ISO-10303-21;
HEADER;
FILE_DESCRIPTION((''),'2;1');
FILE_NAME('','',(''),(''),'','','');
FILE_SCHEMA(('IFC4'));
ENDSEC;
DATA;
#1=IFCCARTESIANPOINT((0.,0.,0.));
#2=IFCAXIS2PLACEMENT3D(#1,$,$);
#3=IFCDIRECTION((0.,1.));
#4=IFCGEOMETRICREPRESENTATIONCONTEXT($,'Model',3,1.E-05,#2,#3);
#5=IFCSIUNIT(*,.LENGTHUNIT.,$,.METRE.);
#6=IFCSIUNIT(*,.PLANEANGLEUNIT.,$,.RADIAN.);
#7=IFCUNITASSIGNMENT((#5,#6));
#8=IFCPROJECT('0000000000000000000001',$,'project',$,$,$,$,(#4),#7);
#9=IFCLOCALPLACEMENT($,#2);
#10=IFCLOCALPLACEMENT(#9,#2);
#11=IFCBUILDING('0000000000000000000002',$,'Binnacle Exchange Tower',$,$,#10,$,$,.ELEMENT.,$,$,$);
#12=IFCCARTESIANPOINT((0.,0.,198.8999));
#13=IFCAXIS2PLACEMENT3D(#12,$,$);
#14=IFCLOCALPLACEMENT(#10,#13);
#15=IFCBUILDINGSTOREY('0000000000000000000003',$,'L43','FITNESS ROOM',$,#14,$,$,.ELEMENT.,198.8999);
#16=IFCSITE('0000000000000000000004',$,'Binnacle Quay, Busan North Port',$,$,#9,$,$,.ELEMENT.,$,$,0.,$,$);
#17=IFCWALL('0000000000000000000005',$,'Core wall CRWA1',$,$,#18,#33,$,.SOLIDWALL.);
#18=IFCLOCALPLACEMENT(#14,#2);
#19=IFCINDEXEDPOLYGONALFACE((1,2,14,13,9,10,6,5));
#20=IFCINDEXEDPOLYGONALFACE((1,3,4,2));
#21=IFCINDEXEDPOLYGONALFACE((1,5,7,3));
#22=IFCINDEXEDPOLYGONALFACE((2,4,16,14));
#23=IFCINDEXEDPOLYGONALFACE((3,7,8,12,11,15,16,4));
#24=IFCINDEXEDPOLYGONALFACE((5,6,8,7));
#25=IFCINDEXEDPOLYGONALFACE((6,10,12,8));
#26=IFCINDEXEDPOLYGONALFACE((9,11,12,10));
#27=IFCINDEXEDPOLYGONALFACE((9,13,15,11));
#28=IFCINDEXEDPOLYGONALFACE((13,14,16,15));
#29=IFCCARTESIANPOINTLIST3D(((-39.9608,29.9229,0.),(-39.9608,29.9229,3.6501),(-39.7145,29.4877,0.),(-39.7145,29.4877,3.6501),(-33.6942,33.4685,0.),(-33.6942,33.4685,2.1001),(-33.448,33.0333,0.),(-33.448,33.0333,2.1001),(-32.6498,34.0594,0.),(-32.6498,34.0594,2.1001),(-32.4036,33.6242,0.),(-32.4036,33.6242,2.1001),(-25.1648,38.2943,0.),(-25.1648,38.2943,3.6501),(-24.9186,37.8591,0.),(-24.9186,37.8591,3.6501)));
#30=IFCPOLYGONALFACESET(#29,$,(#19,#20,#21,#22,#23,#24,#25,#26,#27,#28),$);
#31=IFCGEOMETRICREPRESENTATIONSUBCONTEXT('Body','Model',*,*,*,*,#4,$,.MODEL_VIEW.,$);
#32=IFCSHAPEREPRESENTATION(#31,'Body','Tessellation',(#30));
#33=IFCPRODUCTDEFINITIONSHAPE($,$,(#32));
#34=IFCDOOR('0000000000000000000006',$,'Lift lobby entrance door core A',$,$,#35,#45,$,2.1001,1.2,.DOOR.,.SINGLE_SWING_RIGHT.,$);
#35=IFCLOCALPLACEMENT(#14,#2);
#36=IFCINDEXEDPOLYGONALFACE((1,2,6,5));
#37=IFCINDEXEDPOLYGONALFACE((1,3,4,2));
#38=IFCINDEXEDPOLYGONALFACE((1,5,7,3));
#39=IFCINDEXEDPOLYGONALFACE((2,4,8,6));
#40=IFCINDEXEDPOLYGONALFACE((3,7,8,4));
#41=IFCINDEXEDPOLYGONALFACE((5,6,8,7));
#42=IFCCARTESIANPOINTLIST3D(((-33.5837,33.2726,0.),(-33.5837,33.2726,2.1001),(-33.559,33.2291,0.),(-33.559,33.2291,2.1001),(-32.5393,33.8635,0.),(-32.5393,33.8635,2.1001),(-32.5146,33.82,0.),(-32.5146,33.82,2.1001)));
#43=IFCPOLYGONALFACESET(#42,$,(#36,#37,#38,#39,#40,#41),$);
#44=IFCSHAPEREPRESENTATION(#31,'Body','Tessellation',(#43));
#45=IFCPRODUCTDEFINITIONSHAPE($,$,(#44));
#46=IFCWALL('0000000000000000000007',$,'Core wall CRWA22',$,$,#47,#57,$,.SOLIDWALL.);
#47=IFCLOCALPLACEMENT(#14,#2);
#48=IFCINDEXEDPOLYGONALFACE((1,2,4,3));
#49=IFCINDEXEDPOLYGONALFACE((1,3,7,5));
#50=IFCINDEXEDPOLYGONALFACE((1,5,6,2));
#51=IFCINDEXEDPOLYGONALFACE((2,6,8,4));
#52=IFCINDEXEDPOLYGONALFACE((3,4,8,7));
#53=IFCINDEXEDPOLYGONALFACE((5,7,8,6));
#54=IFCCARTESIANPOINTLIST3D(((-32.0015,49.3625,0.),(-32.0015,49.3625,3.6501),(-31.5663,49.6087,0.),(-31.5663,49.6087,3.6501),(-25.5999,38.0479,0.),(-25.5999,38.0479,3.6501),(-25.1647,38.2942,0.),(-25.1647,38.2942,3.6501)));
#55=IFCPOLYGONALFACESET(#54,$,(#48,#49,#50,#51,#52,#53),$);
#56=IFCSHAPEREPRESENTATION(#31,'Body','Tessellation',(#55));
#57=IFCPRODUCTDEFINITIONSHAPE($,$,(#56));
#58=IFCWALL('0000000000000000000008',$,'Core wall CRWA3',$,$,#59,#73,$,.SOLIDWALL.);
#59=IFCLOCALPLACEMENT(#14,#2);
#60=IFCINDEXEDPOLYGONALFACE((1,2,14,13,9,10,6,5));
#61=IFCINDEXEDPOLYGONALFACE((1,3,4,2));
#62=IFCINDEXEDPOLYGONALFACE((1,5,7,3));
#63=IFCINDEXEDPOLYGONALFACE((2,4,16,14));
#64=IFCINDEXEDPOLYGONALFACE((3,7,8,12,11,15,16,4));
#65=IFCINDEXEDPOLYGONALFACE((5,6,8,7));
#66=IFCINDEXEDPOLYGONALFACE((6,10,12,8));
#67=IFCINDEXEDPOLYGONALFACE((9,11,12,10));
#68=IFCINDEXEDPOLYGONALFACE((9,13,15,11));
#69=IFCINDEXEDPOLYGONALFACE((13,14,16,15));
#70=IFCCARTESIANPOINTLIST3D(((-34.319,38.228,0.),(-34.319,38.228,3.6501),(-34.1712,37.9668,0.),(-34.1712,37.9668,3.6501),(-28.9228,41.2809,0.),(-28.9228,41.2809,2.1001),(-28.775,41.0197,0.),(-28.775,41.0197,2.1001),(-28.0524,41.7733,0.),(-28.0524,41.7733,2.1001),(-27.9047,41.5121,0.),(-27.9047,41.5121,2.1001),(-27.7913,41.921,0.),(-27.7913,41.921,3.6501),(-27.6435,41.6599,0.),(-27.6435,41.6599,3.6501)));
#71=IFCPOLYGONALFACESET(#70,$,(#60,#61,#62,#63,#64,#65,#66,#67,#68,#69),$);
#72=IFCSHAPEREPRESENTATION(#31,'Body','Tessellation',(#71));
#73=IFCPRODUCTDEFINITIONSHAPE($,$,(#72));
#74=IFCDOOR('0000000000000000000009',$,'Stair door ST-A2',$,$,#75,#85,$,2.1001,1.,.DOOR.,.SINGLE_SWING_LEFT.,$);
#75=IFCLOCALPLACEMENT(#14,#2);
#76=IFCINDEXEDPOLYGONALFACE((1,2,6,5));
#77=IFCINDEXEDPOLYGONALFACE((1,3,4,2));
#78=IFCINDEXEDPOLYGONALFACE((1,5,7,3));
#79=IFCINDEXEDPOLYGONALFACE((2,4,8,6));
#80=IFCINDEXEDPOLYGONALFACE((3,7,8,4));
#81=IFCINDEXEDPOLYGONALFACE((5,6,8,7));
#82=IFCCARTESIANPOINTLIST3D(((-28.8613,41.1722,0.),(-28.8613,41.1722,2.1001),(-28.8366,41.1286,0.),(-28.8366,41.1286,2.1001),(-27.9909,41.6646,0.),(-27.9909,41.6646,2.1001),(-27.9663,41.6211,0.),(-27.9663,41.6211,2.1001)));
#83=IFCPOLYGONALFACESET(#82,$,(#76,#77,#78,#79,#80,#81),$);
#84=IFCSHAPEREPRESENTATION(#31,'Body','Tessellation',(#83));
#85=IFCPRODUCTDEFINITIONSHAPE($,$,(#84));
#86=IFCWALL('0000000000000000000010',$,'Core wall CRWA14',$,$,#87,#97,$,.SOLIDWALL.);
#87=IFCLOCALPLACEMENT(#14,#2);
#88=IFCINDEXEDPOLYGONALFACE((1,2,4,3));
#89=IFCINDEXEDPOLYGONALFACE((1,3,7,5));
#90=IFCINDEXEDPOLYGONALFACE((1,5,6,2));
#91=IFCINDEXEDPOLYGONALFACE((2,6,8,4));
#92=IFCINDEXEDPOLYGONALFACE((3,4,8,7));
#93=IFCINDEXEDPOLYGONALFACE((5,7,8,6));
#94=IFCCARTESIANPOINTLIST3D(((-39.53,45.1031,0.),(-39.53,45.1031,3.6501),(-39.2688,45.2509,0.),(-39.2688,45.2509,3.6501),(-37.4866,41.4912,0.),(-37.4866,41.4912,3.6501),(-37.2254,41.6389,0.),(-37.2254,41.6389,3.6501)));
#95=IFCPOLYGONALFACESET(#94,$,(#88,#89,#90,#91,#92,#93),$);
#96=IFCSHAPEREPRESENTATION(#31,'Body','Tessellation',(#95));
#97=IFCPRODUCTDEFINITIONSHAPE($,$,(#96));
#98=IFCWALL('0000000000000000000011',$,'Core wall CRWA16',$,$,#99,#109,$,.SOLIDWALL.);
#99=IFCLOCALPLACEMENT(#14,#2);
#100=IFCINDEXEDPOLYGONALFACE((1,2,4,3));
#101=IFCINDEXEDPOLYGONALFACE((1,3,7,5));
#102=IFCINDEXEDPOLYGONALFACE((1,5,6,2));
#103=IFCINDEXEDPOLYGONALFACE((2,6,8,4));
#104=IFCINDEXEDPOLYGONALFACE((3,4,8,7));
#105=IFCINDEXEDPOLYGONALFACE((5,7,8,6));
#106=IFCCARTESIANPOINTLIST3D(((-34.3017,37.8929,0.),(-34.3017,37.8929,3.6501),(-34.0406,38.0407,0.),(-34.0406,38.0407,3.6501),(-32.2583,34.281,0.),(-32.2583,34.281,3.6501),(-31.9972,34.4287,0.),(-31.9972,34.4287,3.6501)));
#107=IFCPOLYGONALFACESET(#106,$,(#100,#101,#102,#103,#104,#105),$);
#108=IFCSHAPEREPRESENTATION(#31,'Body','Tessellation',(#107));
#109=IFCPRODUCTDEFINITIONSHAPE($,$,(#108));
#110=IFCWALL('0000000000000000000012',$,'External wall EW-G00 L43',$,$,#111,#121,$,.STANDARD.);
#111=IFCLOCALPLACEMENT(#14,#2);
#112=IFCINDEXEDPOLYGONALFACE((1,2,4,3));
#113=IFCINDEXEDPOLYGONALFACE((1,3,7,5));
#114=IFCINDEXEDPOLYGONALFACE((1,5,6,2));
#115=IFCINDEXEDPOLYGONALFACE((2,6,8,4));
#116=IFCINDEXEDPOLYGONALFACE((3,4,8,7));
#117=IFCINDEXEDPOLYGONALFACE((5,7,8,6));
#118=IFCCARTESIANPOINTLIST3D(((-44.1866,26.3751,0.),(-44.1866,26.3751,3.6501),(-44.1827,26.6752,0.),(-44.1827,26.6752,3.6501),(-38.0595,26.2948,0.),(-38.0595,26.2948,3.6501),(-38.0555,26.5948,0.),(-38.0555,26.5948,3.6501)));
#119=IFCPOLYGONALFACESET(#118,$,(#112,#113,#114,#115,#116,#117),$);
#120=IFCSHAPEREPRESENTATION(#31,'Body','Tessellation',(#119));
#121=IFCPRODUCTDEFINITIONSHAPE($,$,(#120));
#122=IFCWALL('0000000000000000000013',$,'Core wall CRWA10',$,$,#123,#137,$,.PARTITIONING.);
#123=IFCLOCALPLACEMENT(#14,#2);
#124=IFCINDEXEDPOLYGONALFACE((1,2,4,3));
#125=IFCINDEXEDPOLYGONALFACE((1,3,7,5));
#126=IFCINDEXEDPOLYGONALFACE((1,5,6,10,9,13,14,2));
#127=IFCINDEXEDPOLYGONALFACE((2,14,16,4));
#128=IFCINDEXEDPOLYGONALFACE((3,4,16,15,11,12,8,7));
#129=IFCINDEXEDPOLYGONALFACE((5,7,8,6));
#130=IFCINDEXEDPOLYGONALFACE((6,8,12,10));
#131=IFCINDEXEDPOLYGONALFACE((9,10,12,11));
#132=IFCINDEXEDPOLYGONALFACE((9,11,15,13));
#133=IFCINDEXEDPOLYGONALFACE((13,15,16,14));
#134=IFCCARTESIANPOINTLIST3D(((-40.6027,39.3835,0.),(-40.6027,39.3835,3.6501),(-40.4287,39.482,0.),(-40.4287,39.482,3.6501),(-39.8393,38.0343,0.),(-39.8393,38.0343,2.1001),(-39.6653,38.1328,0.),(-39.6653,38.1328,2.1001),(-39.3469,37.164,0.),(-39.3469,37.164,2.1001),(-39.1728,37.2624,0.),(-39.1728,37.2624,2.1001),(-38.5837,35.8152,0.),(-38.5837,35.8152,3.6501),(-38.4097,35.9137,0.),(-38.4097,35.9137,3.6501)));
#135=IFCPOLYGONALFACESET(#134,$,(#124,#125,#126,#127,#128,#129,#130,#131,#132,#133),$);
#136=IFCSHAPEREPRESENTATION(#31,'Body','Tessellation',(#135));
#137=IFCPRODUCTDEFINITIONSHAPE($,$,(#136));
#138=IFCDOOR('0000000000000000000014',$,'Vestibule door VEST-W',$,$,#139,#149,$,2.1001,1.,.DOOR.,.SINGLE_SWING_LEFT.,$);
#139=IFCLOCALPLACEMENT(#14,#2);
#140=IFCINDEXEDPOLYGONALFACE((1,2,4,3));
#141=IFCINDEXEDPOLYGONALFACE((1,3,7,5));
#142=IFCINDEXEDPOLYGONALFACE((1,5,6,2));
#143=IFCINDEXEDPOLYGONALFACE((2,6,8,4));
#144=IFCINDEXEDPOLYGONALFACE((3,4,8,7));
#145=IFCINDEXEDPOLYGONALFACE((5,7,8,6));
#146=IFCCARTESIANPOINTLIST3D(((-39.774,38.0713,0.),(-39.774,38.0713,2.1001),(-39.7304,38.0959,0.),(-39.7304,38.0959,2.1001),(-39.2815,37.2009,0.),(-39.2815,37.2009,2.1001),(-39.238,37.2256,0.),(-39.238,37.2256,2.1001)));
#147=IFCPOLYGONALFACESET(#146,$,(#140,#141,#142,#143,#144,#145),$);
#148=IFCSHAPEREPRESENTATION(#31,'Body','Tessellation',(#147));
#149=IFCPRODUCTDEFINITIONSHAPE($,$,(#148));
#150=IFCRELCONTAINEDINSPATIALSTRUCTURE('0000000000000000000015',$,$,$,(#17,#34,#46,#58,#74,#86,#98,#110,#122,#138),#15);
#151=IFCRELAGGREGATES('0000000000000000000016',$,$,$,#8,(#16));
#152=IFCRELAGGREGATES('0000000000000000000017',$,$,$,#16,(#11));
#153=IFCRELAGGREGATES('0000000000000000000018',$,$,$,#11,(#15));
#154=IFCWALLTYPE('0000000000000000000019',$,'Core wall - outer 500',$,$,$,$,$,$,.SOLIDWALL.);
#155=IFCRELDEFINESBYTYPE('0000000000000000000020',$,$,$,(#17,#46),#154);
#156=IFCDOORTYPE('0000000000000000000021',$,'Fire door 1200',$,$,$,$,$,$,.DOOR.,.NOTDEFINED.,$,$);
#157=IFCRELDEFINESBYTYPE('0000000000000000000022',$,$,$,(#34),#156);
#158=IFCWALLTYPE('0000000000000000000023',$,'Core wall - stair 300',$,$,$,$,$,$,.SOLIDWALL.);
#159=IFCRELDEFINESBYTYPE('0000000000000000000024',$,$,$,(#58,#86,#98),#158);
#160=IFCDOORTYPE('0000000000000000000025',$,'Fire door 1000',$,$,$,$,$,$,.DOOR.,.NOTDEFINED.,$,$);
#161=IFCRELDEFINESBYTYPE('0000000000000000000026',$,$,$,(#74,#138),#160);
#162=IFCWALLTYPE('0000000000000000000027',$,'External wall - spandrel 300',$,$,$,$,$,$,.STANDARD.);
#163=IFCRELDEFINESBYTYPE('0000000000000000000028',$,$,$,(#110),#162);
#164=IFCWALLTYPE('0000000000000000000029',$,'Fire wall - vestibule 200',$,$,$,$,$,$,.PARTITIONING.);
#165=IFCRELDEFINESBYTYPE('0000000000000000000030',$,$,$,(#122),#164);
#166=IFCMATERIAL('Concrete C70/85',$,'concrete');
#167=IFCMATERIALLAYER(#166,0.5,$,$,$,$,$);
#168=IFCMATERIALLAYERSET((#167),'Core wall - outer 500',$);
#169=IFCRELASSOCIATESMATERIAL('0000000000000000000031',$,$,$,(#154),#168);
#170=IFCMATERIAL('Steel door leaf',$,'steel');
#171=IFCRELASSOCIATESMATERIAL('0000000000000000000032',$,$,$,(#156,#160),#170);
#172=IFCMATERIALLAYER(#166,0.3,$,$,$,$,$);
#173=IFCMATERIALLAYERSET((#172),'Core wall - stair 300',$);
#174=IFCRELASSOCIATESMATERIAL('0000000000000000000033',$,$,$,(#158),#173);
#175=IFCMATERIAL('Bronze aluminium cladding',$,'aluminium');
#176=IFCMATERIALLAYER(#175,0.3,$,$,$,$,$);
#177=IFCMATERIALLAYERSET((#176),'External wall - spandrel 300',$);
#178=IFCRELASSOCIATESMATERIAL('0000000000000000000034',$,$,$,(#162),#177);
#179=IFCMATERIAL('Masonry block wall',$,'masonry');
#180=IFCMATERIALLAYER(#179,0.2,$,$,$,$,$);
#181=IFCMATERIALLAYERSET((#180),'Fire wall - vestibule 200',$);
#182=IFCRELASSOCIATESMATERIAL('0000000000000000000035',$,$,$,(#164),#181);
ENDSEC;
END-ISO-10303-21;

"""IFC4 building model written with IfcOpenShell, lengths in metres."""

from ifc_helpers import new_model, si_unit, direction, frame, frame_2d, origin, place, context, subcontext, project, spatial, rectangle, extrude, material, layer, layer_set, type_object, element, fill, save


model = new_model("IFC4")

# Units and contexts
model_context = context("Model", 3, precision=1e-05, world=origin(), true_north=direction((0.0, 1.0)))
body_context = subcontext(model_context, "Body", "Model", "MODEL_VIEW")
ifc_project = project(units=[si_unit("LENGTHUNIT", "METRE"), si_unit("PLANEANGLEUNIT", "RADIAN")], contexts=[model_context])

# Site, building, storey
site_placement = place(None, origin())
site = spatial("IfcSite", under=ifc_project, at=site_placement, Name="Binnacle Quay, Busan North Port", CompositionType="ELEMENT", RefElevation=0.0)
building_placement = place(site_placement, origin())
building = spatial("IfcBuilding", under=site, at=building_placement, Name="Binnacle Exchange Tower", CompositionType="ELEMENT")
storey_placement = place(building_placement, frame((0.0, 0.0, 198.8999)))
storey = spatial("IfcBuildingStorey", under=building, at=storey_placement, Name="L43", Description="FITNESS ROOM", CompositionType="ELEMENT", Elevation=198.8999)

# Shared definitions
ifc_material_1 = material(Name="Concrete C70/85", Category="concrete")

# Shared definitions
ifc_material_2 = material(Name="Steel door leaf", Category="steel")

# Wall, opening, door
ifc_layer_1 = layer(ifc_material_1, 0.5)
ifc_layer_set_1 = layer_set([ifc_layer_1], Name="Core wall - outer 500")
wall_type_1 = type_object("IfcWallType", Name="Core wall - outer 500", PredefinedType="SOLIDWALL", material=ifc_layer_set_1)
wall_1_placement = place(storey_placement, frame((-39.8376, 29.7053, 0.0), z_axis=(0.0, 0.0, 1.0), x_axis=(0.87035, 0.492433, 0.0)))
wall_1 = element("IfcWall", 1, at=wall_1_placement, inside=storey, type_object=wall_type_1, Name="Core wall CRWA1", PredefinedType="SOLIDWALL", context=body_context, shape_type="SweptSolid", body=[
    extrude(rectangle(XDim=17.0, YDim=0.5, at=frame_2d((8.5, 0.0))), origin(), (0.0, 0.0, 1.0), 3.6501),
])
opening_1_placement = place(wall_1_placement, frame((7.2, 0.0, 0.0)))
opening_1 = element("IfcOpeningElement", 2, at=opening_1_placement, cuts=wall_1, PredefinedType="OPENING", context=body_context, shape_type="SweptSolid", body=[
    extrude(rectangle(XDim=1.2, YDim=2.1001, at=frame_2d((0.6001, 1.05))), frame((0.0, 0.26, 0.0), z_axis=(0.0, -1.0, 0.0), x_axis=(1.0, 0.0, 0.0)), (0.0, 0.0, 1.0), 0.52),
])
door_type_1 = type_object("IfcDoorType", Name="Fire door 1200", OperationType="NOTDEFINED", PredefinedType="DOOR", material=ifc_material_2)
door_1_placement = place(opening_1_placement, frame((1.2, 0.0, 0.0), z_axis=(0.0, 0.0, 1.0), x_axis=(-1.0, 0.0, 0.0)))
door_1 = element("IfcDoor", 3, at=door_1_placement, inside=storey, type_object=door_type_1, Name="Lift lobby entrance door core A", OperationType="SINGLE_SWING_RIGHT", OverallHeight=2.1001, OverallWidth=1.2, PredefinedType="DOOR", context=body_context, shape_type="SweptSolid", body=[
    extrude(rectangle(XDim=1.2, YDim=2.1001, at=frame_2d((0.6001, 1.05))), frame((0.0, 0.0249, 0.0), z_axis=(0.0, -1.0, 0.0), x_axis=(1.0, 0.0, 0.0)), (0.0, 0.0, 1.0), 0.05),
])
fill(opening_1, door_1)

# Wall
wall_2_placement = place(storey_placement, frame((-31.7839, 49.4856, 0.0), z_axis=(0.0, 0.0, 1.0), x_axis=(0.492435, -0.870349, 0.0)))
element("IfcWall", 4, at=wall_2_placement, inside=storey, type_object=wall_type_1, Name="Core wall CRWA22", PredefinedType="SOLIDWALL", context=body_context, shape_type="SweptSolid", body=[
    extrude(rectangle(XDim=13.0, YDim=0.5, at=frame_2d((6.5, 0.0))), origin(), (0.0, 0.0, 1.0), 3.6501),
])

# Wall, opening, door
ifc_layer_2 = layer(ifc_material_1, 0.3)
ifc_layer_set_2 = layer_set([ifc_layer_2], Name="Core wall - stair 300")
wall_type_2 = type_object("IfcWallType", Name="Core wall - stair 300", PredefinedType="SOLIDWALL", material=ifc_layer_set_2)
wall_3_placement = place(storey_placement, frame((-34.2451, 38.0974, 0.0), z_axis=(0.0, 0.0, 1.0), x_axis=(0.870365, 0.492408, 0.0)))
wall_3 = element("IfcWall", 5, at=wall_3_placement, inside=storey, type_object=wall_type_2, Name="Core wall CRWA3", PredefinedType="SOLIDWALL", context=body_context, shape_type="SweptSolid", body=[
    extrude(rectangle(XDim=7.5, YDim=0.3, at=frame_2d((3.75, 0.0))), origin(), (0.0, 0.0, 1.0), 3.6501),
])
opening_2_placement = place(wall_3_placement, frame((6.2, 0.0, 0.0)))
opening_2 = element("IfcOpeningElement", 6, at=opening_2_placement, cuts=wall_3, PredefinedType="OPENING", context=body_context, shape_type="SweptSolid", body=[
    extrude(rectangle(XDim=1.0, YDim=2.1001, at=frame_2d((0.5, 1.05))), frame((0.0, 0.1599, 0.0), z_axis=(0.0, -1.0, 0.0), x_axis=(1.0, 0.0, 0.0)), (0.0, 0.0, 1.0), 0.3201),
])
door_type_2 = type_object("IfcDoorType", Name="Fire door 1000", OperationType="NOTDEFINED", PredefinedType="DOOR", material=ifc_material_2)
door_2_placement = place(opening_2_placement, frame((1.0, 0.0, 0.0), z_axis=(0.0, 0.0, 1.0), x_axis=(-1.0, 0.0, 0.0)))
door_2 = element("IfcDoor", 7, at=door_2_placement, inside=storey, type_object=door_type_2, Name="Stair door ST-A2", OperationType="SINGLE_SWING_LEFT", OverallHeight=2.1001, OverallWidth=1.0, PredefinedType="DOOR", context=body_context, shape_type="SweptSolid", body=[
    extrude(rectangle(XDim=1.0, YDim=2.1001, at=frame_2d((0.5, 1.05))), frame((0.0, 0.0249, 0.0), z_axis=(0.0, -1.0, 0.0), x_axis=(1.0, 0.0, 0.0)), (0.0, 0.0, 1.0), 0.05),
])
fill(opening_2, door_2)

# Walls
for number, where, z_axis, x_axis, name in (
    (8, (-39.3994, 45.177, 0.0), (0.0, 0.0, 1.0), (0.492396, -0.870371, 0.0), "Core wall CRWA14"),
    (9, (-34.1711, 37.9668, 0.0), (0.0, 0.0, 1.0), (0.492396, -0.870371, 0.0), "Core wall CRWA16"),
):
    element("IfcWall", number, at=place(storey_placement, frame(where, z_axis=z_axis, x_axis=x_axis)), inside=storey, type_object=wall_type_2, Name=name, PredefinedType="SOLIDWALL", context=body_context, shape_type="SweptSolid", body=[
        extrude(rectangle(XDim=4.1499, YDim=0.3, at=frame_2d((2.075, 0.0))), origin(), (0.0, 0.0, 1.0), 3.6501),
    ])
ifc_material_3 = material(Name="Bronze aluminium cladding", Category="aluminium")
ifc_layer_3 = layer(ifc_material_3, 0.3)
ifc_layer_set_3 = layer_set([ifc_layer_3], Name="External wall - spandrel 300")
wall_type_3 = type_object("IfcWallType", Name="External wall - spandrel 300", PredefinedType="STANDARD", material=ifc_layer_set_3)
wall_4_placement = place(storey_placement, frame((-38.0574, 26.4448, 0.0), z_axis=(0.0, 0.0, 1.0), x_axis=(-0.999914, 0.013108, 0.0)))
element("IfcWall", 10, at=wall_4_placement, inside=storey, type_object=wall_type_3, Name="External wall EW-G00 L43", PredefinedType="STANDARD", context=body_context, shape_type="SweptSolid", body=[
    extrude(rectangle(XDim=6.1277, YDim=0.3, at=frame_2d((3.064, 0.0))), origin(), (0.0, 0.0, 1.0), 3.6501),
])

# Wall, opening, door
ifc_material_4 = material(Name="Masonry block wall", Category="masonry")
ifc_layer_4 = layer(ifc_material_4, 0.2)
ifc_layer_set_4 = layer_set([ifc_layer_4], Name="Fire wall - vestibule 200")
wall_type_4 = type_object("IfcWallType", Name="Fire wall - vestibule 200", PredefinedType="PARTITIONING", material=ifc_layer_set_4)
wall_5_placement = place(storey_placement, frame((-40.5156, 39.4326, 0.0), z_axis=(0.0, 0.0, 1.0), x_axis=(0.492454, -0.870339, 0.0)))
wall_5 = element("IfcWall", 11, at=wall_5_placement, inside=storey, type_object=wall_type_4, Name="Core wall CRWA10", PredefinedType="PARTITIONING", context=body_context, shape_type="SweptSolid", body=[
    extrude(rectangle(XDim=4.0999, YDim=0.2, at=frame_2d((2.0498, 0.0))), origin(), (0.0, 0.0, 1.0), 3.6501),
])
opening_3_placement = place(wall_5_placement, frame((1.55, 0.0, 0.0)))
opening_3 = element("IfcOpeningElement", 12, at=opening_3_placement, cuts=wall_5, PredefinedType="OPENING", context=body_context, shape_type="SweptSolid", body=[
    extrude(rectangle(XDim=1.0, YDim=2.1001, at=frame_2d((0.5, 1.05))), frame((0.0, 0.1099, 0.0), z_axis=(0.0, -1.0, 0.0), x_axis=(1.0, 0.0, 0.0)), (0.0, 0.0, 1.0), 0.22),
])
door_3_placement = place(opening_3_placement, frame((1.0, 0.0, 0.0), z_axis=(0.0, 0.0, 1.0), x_axis=(-1.0, 0.0, 0.0)))
door_3 = element("IfcDoor", 13, at=door_3_placement, inside=storey, type_object=door_type_2, Name="Vestibule door VEST-W", OperationType="SINGLE_SWING_LEFT", OverallHeight=2.1001, OverallWidth=1.0, PredefinedType="DOOR", context=body_context, shape_type="SweptSolid", body=[
    extrude(rectangle(XDim=1.0, YDim=2.1001, at=frame_2d((0.5, 1.05))), frame((0.0, 0.0249, 0.0), z_axis=(0.0, -1.0, 0.0), x_axis=(1.0, 0.0, 0.0)), (0.0, 0.0, 1.0), 0.05),
])
fill(opening_3, door_3)

save(model, "model.ifc")
